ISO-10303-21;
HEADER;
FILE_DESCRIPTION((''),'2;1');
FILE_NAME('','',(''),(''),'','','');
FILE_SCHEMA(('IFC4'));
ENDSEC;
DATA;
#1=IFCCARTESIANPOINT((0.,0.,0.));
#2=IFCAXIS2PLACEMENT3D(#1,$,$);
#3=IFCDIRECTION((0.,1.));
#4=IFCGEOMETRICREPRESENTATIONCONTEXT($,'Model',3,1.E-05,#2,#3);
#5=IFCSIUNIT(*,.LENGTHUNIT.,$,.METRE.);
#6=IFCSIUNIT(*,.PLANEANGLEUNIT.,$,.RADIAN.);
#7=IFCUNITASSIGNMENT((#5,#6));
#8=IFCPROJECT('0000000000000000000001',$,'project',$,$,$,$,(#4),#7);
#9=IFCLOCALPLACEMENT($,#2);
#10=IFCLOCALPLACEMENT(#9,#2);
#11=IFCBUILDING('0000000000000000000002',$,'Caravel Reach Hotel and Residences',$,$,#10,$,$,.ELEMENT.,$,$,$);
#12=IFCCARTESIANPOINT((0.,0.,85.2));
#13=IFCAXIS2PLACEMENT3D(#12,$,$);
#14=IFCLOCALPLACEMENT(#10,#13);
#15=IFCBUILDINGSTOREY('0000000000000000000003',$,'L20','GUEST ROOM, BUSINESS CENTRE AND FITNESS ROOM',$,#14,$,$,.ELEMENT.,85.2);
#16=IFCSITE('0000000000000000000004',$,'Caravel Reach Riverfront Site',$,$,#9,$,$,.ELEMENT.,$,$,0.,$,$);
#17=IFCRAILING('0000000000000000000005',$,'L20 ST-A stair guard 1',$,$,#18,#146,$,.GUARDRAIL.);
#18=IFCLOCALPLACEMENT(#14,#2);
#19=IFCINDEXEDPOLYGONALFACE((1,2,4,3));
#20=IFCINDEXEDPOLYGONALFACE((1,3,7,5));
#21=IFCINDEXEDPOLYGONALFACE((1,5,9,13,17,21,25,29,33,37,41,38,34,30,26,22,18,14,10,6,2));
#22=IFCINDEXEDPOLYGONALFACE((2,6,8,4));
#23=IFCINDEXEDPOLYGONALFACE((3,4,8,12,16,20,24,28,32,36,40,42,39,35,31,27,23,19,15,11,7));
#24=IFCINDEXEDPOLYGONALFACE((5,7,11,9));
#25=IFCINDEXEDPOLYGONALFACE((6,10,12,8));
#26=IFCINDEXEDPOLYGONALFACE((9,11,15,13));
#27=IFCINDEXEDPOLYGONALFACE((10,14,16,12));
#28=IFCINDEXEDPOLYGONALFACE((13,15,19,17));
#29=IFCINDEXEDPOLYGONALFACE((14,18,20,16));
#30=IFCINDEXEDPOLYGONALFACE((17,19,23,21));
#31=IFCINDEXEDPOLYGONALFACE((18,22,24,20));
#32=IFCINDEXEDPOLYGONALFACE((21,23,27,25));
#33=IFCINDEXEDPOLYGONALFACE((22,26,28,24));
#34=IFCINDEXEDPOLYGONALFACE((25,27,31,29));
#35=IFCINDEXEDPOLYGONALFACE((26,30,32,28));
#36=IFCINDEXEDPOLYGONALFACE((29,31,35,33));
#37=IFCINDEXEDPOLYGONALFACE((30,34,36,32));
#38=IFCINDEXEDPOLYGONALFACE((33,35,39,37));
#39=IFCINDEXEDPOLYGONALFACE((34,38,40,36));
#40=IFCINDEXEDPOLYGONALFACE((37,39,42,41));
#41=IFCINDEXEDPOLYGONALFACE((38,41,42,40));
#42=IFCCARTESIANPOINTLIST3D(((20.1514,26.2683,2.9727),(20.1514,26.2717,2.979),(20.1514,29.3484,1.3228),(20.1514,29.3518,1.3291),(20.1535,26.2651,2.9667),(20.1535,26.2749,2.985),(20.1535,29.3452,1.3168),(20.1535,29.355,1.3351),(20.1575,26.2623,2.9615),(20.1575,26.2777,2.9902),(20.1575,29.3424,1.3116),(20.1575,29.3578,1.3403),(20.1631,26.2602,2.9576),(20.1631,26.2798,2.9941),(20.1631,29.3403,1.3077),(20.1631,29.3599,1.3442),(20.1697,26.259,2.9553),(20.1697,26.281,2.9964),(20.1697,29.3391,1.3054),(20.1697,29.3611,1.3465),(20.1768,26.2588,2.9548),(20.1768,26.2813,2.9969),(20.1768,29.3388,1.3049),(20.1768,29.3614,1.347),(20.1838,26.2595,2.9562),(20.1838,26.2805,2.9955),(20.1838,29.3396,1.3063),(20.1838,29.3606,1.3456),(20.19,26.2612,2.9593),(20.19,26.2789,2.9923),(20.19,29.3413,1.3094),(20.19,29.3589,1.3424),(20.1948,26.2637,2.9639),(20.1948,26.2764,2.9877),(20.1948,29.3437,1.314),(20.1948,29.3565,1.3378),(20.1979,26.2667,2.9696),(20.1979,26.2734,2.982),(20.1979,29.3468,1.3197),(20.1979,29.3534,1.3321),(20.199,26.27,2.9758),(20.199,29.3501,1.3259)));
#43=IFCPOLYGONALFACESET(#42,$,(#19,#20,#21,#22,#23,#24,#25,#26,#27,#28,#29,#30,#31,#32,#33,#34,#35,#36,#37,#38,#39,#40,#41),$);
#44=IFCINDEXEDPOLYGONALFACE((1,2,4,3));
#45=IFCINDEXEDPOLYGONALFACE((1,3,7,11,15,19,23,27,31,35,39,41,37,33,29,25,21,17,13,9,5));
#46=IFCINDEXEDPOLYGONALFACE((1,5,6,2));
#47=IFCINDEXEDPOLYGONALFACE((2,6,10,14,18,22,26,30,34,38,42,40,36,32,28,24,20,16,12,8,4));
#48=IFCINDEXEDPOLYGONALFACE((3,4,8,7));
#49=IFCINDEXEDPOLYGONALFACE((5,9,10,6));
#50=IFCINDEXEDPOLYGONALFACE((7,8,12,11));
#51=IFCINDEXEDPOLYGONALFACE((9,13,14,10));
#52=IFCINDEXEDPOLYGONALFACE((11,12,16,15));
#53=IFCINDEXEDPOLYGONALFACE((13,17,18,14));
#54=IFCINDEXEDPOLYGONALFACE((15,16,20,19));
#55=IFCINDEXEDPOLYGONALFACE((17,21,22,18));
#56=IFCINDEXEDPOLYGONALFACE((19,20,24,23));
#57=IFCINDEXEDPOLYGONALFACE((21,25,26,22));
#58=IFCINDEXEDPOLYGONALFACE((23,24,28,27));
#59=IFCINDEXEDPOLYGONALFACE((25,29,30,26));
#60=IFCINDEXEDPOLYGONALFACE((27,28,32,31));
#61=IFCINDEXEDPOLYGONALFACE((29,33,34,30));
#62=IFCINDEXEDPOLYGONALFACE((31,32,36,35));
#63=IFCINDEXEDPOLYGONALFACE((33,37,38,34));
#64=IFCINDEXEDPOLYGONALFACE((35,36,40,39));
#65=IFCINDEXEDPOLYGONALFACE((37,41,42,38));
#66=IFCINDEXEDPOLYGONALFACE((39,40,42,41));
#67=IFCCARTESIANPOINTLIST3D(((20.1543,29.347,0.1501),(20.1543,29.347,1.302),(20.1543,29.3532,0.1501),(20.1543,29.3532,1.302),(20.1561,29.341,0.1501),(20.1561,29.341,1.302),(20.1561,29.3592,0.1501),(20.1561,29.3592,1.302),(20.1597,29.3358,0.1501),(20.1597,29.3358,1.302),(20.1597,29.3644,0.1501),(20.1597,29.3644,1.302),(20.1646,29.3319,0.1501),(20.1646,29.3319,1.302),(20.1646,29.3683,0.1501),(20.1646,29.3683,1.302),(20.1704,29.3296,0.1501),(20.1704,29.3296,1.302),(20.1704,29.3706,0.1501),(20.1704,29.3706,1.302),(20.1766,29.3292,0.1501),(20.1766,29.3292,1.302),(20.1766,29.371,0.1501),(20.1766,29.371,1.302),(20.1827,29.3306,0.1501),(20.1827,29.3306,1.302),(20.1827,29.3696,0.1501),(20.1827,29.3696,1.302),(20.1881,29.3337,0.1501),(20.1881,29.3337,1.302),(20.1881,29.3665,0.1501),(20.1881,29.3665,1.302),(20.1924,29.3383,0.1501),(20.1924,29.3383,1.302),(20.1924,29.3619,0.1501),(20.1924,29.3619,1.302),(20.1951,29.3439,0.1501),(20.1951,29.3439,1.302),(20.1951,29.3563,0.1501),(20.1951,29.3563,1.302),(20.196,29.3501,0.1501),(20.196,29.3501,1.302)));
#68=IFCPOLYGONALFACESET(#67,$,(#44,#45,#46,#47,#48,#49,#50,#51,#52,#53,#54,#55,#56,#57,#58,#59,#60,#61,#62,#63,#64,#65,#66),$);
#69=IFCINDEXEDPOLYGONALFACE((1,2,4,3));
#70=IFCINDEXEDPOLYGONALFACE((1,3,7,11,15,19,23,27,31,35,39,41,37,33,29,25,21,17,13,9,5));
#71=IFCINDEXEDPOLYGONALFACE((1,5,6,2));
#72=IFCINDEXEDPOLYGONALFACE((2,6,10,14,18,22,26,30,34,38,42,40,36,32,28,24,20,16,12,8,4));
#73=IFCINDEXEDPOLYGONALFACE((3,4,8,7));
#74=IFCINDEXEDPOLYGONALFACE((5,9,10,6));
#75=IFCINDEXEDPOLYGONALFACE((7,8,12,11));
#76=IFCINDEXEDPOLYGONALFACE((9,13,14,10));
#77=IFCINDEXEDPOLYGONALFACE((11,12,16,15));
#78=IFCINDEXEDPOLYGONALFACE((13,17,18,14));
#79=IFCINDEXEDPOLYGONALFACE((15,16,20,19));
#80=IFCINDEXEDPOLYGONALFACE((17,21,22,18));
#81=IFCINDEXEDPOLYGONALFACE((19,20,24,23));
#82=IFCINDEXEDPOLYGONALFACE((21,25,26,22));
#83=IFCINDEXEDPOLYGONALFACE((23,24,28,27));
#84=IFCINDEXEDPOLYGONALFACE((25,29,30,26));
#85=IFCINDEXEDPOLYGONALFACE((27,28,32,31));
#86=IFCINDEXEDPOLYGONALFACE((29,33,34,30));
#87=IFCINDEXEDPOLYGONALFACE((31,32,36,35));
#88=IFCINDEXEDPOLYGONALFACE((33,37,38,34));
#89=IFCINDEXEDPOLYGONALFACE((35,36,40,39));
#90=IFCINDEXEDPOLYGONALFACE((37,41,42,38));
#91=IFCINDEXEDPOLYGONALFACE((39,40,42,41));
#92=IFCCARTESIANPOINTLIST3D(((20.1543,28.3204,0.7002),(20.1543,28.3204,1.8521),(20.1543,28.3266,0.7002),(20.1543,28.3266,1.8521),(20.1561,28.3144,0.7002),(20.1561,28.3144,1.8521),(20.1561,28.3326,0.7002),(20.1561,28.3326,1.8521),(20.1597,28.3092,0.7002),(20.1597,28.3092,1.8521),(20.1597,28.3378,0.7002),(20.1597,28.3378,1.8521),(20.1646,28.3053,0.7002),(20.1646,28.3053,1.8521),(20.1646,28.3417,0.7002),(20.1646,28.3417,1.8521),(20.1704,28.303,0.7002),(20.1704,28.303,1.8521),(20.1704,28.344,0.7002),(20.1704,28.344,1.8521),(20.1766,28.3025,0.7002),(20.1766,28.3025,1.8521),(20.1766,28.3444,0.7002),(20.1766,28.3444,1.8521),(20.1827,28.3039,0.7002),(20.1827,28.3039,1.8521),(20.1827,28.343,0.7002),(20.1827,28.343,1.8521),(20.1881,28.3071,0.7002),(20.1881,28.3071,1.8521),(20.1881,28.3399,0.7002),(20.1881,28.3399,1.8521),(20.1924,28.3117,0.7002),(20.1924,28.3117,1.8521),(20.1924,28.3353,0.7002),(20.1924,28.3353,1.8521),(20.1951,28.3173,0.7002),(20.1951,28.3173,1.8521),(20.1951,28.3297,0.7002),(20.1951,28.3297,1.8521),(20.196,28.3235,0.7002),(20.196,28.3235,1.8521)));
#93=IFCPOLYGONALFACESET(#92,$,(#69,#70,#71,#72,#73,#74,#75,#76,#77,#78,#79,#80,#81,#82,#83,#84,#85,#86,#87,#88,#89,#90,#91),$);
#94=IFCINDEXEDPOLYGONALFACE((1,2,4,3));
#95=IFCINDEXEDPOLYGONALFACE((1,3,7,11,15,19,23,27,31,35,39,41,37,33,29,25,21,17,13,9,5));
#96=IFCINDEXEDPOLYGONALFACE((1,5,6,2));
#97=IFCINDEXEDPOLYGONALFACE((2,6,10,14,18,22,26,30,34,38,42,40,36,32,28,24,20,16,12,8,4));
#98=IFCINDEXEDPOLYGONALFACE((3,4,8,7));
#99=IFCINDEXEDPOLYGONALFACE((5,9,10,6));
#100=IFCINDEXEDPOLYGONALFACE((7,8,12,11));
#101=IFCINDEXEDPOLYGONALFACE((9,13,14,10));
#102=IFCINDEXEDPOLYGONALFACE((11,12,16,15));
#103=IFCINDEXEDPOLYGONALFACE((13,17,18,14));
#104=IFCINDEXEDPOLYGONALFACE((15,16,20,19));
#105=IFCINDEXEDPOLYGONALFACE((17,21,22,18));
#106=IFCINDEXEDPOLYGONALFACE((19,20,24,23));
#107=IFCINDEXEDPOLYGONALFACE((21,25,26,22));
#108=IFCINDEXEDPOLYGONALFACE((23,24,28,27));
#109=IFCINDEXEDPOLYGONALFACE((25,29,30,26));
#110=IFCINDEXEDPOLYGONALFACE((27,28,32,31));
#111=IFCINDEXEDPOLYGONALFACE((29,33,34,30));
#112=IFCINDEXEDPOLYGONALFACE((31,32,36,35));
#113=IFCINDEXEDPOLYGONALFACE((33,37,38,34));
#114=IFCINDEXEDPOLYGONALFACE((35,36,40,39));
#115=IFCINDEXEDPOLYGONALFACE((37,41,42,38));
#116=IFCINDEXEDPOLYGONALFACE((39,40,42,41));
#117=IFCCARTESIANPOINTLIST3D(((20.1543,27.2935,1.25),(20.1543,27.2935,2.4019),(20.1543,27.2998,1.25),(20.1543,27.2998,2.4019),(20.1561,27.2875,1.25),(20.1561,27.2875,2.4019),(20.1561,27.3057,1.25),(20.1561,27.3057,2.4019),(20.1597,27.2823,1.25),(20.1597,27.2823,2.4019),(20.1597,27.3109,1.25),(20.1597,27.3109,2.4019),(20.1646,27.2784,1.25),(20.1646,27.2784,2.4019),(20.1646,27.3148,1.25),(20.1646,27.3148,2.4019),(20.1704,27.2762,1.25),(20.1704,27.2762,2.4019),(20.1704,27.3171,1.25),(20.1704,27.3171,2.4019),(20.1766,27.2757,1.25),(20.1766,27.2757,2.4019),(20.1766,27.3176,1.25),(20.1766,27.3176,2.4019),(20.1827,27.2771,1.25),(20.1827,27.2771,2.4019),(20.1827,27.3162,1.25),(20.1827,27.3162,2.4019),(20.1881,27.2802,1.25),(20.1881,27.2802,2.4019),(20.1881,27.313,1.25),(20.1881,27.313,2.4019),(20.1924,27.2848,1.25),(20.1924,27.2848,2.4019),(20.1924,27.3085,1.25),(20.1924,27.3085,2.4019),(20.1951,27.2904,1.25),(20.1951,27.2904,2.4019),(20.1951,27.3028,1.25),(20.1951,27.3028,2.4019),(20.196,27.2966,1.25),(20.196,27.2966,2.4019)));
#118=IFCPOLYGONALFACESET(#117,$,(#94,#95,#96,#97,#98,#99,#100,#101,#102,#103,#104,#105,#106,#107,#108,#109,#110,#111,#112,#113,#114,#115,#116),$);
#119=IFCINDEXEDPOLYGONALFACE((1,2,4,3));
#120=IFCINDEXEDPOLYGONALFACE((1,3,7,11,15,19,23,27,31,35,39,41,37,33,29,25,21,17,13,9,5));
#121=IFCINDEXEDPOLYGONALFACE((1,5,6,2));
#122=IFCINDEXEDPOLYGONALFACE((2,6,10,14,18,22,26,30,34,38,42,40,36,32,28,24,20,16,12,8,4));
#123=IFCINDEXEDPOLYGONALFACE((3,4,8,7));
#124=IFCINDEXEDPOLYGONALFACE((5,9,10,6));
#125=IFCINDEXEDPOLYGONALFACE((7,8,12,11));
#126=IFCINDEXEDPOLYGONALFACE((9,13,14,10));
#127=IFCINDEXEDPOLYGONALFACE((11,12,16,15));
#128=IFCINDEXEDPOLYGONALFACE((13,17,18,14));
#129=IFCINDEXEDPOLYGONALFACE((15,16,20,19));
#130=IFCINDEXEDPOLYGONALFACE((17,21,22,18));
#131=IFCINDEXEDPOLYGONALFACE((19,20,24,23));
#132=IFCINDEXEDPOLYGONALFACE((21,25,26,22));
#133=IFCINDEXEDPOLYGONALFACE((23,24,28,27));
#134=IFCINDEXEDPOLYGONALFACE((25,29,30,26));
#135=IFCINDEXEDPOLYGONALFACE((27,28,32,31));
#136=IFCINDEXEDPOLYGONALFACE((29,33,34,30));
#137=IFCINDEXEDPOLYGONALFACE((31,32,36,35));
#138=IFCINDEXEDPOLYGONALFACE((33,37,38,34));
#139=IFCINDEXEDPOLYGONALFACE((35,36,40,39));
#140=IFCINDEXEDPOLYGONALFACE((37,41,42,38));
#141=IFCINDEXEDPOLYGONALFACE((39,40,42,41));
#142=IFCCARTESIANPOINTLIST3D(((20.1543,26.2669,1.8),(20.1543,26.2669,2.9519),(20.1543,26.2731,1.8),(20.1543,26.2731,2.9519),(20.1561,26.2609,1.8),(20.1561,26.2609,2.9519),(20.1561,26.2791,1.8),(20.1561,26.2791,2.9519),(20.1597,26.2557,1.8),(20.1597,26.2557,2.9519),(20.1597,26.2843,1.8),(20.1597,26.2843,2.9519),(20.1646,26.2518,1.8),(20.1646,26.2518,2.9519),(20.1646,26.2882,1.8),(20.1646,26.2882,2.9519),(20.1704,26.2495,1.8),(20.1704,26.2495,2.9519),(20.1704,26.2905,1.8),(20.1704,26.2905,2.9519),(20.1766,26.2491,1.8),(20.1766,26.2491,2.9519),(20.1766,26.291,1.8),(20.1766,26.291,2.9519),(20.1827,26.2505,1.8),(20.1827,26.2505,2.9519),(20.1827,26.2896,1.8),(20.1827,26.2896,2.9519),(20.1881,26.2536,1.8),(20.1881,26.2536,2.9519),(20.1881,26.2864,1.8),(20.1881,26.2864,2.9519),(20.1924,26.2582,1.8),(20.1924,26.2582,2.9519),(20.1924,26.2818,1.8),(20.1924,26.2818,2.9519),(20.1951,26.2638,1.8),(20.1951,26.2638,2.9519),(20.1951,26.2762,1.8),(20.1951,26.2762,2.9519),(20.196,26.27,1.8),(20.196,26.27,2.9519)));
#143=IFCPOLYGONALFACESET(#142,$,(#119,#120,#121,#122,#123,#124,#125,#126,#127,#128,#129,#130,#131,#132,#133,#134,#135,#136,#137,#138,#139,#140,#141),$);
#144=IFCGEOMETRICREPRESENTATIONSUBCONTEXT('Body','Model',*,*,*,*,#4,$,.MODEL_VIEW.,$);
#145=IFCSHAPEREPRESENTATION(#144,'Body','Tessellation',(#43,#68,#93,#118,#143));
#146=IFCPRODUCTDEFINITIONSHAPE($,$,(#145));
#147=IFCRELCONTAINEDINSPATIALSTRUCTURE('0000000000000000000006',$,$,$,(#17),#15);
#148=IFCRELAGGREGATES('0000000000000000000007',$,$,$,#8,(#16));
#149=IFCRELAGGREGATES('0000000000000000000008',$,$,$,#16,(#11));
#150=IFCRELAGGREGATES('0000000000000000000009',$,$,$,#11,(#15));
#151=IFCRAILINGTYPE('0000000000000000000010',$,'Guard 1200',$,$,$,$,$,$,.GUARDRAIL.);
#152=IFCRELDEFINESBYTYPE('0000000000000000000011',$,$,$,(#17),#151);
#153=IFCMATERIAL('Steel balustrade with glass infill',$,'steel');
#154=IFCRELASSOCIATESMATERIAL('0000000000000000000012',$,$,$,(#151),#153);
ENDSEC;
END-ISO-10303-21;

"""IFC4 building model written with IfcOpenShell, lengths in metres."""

from ifc_helpers import new_model, si_unit, direction, frame, origin, origin_2d, place, context, subcontext, project, spatial, circle, extrude, material, type_object, element, save


model = new_model("IFC4")

# Units and contexts
model_context = context("Model", 3, precision=1e-05, world=origin(), true_north=direction((0.0, 1.0)))
body_context = subcontext(model_context, "Body", "Model", "MODEL_VIEW")
ifc_project = project(units=[si_unit("LENGTHUNIT", "METRE"), si_unit("PLANEANGLEUNIT", "RADIAN")], contexts=[model_context])

# Site, building, storey
site_placement = place(None, origin())
site = spatial("IfcSite", under=ifc_project, at=site_placement, Name="Caravel Reach Riverfront Site", CompositionType="ELEMENT", RefElevation=0.0)
building_placement = place(site_placement, origin())
building = spatial("IfcBuilding", under=site, at=building_placement, Name="Caravel Reach Hotel and Residences", CompositionType="ELEMENT")
storey_placement = place(building_placement, frame((0.0, 0.0, 85.2)))
storey = spatial("IfcBuildingStorey", under=building, at=storey_placement, Name="L20", Description="GUEST ROOM, BUSINESS CENTRE AND FITNESS ROOM", CompositionType="ELEMENT", Elevation=85.2)

# Railing
ifc_material_1 = material(Name="Steel balustrade with glass infill", Category="steel")
railing_type_1 = type_object("IfcRailingType", Name="Guard 1200", PredefinedType="GUARDRAIL", material=ifc_material_1)
railing_1_placement = place(storey_placement, frame((20.175, 29.3501, 0.1501)))
element("IfcRailing", 1, at=railing_1_placement, inside=storey, type_object=railing_type_1, Name="L20 ST-A stair guard 1", PredefinedType="GUARDRAIL", context=body_context, shape_type="SweptSolid", body=[
    extrude(circle(Radius=0.0239, at=origin_2d()), frame((0.0, 0.0, 1.1758), z_axis=(0.0, -0.881497, 0.47219), x_axis=(1.0, 0.0, 0.0)), (0.0, 0.0, 1.0), 3.4941),
    extrude(circle(Radius=0.021, at=origin_2d()), origin(), (0.0, 0.0, 1.0), 1.1519),
    extrude(circle(Radius=0.021, at=origin_2d()), frame((0.0, -1.0266, 0.55)), (0.0, 0.0, 1.0), 1.1519),
    extrude(circle(Radius=0.021, at=origin_2d()), frame((0.0, -2.0535, 1.0999)), (0.0, 0.0, 1.0), 1.1519),
    extrude(circle(Radius=0.021, at=origin_2d()), frame((0.0, -3.0801, 1.6499)), (0.0, 0.0, 1.0), 1.1519),
])

save(model, "model.ifc")
